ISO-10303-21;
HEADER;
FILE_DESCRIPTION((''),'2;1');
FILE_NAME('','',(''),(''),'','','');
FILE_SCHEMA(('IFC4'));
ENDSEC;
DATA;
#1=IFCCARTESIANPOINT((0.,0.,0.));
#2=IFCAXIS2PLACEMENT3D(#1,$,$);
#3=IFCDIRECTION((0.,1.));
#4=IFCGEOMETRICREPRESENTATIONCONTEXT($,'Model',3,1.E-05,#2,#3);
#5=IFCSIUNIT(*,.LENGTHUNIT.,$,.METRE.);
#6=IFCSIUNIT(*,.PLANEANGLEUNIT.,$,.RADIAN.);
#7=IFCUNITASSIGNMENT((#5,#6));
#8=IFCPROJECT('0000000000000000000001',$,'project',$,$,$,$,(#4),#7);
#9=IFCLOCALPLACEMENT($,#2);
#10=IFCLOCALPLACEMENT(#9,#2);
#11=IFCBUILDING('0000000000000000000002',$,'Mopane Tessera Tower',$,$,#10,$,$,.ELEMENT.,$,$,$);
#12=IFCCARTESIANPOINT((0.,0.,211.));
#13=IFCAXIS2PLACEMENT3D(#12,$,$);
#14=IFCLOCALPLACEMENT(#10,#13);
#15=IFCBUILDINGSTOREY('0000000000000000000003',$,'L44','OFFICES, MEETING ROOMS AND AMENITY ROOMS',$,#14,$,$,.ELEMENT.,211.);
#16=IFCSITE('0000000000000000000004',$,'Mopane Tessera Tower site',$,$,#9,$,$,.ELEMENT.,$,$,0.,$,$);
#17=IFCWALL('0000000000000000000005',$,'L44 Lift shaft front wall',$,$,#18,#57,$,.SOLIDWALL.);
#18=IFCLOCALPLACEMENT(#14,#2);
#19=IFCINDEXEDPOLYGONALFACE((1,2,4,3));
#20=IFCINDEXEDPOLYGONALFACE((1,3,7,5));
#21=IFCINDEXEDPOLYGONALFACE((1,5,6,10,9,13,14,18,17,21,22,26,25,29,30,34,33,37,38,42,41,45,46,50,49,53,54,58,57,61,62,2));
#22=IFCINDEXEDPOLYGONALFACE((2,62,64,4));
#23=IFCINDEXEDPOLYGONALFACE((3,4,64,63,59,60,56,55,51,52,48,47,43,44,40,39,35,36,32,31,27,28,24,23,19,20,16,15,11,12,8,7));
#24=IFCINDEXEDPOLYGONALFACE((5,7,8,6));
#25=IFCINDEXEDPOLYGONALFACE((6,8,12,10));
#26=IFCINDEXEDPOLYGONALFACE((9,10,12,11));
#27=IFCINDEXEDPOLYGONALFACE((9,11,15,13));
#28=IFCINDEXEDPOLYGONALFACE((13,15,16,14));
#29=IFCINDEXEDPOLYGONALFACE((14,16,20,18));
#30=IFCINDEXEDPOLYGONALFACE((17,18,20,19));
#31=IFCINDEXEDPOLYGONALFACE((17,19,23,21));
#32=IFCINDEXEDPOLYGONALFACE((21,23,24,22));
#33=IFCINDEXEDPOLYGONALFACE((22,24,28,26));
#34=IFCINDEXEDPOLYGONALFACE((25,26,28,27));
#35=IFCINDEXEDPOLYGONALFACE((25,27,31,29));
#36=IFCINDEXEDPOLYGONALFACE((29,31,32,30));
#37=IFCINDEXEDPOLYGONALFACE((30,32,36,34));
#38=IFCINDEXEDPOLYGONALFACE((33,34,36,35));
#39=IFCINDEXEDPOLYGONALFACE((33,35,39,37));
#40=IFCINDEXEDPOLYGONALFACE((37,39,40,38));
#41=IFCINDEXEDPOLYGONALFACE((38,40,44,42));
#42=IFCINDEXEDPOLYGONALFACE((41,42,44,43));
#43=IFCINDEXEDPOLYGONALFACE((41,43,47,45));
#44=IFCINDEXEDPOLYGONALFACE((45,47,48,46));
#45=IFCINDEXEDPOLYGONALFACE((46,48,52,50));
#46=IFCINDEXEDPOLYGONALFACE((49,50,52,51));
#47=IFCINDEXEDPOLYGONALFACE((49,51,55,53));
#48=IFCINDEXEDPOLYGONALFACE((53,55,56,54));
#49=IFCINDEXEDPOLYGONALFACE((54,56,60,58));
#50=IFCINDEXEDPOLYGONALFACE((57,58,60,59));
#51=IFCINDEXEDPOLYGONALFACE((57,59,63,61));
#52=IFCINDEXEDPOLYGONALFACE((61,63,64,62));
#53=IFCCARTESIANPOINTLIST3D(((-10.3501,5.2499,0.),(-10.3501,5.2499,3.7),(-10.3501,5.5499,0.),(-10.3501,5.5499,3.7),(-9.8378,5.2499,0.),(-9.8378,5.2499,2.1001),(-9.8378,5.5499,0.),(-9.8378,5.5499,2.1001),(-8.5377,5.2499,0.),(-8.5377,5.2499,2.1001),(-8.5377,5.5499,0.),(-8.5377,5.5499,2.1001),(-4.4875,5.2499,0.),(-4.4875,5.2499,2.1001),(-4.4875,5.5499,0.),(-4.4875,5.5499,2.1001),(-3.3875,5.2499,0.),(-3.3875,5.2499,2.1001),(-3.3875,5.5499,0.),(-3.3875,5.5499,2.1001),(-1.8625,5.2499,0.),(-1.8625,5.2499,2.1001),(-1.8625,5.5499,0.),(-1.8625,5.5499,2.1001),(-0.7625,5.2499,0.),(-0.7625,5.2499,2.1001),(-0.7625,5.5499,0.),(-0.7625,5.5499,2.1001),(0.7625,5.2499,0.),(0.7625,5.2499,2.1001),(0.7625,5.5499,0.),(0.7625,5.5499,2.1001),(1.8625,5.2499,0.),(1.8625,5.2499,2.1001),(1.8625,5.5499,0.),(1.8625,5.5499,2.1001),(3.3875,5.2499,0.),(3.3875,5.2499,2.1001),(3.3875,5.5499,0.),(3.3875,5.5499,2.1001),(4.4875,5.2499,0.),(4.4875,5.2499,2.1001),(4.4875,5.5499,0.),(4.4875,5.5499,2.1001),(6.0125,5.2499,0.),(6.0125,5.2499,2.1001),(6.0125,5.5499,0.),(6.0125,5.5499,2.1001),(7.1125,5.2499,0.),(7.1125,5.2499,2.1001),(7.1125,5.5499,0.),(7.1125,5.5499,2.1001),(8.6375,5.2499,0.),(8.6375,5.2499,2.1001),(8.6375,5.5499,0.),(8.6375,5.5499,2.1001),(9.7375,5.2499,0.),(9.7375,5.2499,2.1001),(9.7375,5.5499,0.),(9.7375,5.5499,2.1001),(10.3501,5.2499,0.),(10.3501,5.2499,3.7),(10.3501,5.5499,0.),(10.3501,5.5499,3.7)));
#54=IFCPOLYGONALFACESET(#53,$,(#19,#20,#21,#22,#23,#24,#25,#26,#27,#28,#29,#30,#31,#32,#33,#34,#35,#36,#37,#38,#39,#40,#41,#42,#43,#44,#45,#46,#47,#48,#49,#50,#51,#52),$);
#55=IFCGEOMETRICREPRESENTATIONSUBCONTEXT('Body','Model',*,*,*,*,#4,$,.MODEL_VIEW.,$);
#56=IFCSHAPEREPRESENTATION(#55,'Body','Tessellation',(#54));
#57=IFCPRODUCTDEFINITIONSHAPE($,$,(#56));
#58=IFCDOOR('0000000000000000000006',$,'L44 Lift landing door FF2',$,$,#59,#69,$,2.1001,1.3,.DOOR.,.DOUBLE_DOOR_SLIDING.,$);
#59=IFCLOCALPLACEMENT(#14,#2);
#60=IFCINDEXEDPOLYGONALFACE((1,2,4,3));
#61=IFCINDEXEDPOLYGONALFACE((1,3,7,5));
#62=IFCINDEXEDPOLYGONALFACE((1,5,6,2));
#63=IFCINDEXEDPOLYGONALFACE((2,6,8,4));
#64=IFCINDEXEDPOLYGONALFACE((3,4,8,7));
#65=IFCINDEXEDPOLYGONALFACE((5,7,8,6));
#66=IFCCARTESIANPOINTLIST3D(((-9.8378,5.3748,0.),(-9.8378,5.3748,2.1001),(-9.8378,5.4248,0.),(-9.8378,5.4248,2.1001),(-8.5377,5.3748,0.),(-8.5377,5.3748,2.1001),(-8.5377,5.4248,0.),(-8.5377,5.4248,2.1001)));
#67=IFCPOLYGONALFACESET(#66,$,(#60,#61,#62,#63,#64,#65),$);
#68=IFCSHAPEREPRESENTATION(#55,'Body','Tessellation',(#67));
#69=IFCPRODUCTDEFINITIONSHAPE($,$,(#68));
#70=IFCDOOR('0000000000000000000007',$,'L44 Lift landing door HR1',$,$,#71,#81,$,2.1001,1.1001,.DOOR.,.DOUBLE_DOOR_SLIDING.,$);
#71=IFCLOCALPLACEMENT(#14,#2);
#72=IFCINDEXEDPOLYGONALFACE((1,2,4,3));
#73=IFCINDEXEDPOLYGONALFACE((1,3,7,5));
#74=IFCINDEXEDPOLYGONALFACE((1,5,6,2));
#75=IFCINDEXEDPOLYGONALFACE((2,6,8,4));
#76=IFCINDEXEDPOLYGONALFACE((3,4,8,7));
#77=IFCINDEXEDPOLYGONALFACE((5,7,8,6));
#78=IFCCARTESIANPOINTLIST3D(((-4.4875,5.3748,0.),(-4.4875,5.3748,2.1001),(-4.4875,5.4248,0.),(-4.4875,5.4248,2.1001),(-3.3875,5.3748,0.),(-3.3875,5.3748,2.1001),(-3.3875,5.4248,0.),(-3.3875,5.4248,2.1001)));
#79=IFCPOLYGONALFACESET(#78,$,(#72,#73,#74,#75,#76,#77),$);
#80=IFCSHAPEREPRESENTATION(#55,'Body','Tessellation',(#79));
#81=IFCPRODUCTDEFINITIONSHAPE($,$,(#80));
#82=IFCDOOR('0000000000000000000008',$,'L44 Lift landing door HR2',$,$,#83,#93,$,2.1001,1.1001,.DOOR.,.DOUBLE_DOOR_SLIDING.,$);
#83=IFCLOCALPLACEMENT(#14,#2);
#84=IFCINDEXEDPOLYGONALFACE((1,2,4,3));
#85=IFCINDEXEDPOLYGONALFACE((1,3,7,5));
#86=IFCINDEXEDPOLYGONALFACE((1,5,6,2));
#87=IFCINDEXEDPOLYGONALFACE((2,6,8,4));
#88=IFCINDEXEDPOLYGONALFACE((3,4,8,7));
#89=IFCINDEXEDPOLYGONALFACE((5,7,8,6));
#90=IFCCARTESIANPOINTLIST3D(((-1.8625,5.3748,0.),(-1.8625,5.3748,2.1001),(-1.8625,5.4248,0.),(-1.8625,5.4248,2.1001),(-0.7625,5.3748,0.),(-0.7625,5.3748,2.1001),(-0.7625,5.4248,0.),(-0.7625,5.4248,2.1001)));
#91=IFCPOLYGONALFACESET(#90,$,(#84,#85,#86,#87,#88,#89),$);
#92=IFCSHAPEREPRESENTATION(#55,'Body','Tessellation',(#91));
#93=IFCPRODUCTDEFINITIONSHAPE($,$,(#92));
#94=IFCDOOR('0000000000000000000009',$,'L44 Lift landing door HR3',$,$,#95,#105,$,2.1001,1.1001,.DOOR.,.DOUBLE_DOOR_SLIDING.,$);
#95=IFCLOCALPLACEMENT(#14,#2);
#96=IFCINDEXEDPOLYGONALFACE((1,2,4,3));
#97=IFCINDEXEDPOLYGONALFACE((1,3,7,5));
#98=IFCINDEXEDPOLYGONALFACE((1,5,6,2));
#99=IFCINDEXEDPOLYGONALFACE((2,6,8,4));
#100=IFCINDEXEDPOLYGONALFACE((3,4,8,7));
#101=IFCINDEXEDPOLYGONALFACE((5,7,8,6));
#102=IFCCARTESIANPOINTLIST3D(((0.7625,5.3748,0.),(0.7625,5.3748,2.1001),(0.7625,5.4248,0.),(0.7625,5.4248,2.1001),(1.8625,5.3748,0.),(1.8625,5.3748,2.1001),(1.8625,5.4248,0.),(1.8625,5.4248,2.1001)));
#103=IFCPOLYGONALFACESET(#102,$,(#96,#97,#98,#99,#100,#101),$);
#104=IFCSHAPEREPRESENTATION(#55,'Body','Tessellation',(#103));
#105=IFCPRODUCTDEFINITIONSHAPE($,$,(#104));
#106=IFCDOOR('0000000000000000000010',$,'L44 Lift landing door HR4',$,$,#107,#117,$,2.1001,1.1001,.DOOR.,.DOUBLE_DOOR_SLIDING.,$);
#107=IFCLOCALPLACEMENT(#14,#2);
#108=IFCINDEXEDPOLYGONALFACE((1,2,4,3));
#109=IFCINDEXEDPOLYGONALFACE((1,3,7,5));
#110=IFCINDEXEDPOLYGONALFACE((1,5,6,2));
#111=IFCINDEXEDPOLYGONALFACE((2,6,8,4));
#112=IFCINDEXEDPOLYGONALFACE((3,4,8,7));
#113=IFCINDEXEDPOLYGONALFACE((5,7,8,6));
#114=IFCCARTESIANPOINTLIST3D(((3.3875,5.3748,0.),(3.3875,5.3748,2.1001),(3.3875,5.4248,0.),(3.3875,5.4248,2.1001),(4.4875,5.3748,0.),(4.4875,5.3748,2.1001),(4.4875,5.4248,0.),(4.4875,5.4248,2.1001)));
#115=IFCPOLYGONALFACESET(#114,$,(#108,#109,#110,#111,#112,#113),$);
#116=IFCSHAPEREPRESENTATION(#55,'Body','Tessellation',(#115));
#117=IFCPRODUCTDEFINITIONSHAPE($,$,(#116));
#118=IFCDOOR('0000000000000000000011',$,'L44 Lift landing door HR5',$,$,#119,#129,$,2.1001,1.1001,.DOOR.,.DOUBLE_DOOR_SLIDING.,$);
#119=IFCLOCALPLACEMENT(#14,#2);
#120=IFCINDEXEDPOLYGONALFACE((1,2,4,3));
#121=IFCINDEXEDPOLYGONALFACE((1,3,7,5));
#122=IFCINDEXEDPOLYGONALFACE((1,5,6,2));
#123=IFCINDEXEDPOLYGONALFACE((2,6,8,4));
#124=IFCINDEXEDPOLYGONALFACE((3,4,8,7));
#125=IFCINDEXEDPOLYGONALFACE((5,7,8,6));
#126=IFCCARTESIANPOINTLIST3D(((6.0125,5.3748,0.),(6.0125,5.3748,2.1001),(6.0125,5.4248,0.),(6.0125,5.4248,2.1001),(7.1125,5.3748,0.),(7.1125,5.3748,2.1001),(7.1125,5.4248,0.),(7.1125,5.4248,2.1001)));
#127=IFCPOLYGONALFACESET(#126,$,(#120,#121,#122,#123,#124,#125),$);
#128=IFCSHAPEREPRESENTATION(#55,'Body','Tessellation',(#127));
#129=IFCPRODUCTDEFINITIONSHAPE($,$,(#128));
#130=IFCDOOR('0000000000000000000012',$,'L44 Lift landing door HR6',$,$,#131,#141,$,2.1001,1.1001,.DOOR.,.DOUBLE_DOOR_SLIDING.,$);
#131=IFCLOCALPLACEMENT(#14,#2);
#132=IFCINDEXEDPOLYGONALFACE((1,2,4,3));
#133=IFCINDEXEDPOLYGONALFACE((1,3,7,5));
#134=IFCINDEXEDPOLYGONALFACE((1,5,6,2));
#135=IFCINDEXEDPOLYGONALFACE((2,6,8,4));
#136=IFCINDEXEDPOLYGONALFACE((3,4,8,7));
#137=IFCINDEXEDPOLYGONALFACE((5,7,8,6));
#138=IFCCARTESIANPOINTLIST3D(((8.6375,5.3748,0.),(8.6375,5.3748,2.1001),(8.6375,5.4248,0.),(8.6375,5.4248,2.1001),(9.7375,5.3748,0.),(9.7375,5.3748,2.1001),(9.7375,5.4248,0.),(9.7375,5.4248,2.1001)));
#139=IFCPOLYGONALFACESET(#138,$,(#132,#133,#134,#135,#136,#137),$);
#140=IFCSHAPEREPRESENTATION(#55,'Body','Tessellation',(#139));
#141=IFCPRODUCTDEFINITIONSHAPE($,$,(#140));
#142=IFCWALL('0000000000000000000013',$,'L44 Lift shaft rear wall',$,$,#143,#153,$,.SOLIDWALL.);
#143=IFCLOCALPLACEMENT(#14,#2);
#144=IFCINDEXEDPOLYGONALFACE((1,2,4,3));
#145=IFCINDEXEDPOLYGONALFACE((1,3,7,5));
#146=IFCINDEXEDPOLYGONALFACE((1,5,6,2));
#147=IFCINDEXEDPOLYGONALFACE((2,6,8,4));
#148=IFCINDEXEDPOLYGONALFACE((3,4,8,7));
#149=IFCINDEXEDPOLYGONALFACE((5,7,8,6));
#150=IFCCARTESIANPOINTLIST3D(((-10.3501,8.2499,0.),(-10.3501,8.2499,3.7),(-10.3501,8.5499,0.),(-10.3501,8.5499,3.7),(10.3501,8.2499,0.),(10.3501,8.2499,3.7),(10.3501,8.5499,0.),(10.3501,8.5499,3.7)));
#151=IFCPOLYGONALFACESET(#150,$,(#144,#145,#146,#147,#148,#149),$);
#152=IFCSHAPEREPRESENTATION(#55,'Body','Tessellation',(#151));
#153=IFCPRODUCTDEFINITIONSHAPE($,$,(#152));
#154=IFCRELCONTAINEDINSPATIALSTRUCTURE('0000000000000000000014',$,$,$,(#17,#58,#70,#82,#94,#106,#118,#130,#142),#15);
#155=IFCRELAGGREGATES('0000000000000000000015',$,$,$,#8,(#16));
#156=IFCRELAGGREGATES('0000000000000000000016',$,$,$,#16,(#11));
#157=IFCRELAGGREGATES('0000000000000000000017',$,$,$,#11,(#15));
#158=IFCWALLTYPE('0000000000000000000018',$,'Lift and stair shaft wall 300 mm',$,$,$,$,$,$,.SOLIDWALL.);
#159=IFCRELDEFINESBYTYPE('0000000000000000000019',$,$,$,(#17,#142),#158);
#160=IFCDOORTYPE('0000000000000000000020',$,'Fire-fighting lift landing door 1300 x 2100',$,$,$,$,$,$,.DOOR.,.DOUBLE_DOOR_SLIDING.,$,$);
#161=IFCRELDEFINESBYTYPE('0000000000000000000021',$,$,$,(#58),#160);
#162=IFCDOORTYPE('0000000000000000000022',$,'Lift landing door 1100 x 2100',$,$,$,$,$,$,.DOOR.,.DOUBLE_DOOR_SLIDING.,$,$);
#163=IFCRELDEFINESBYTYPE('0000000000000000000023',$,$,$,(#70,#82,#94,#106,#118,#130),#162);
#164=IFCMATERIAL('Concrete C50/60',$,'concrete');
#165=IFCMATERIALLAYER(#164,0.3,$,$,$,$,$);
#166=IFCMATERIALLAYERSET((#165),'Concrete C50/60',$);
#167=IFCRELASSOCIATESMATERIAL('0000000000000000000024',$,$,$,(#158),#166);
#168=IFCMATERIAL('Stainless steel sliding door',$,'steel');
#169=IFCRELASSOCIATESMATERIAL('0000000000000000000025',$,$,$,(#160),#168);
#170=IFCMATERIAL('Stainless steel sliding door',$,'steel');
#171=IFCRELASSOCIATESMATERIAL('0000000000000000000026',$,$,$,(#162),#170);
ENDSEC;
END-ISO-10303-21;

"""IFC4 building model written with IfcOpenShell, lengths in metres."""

from ifc_helpers import new_model, si_unit, direction, frame, frame_2d, origin, place, context, subcontext, project, spatial, rectangle, extrude, material, layer, layer_set, type_object, element, fill, save


model = new_model("IFC4")

# Units and contexts
model_context = context("Model", 3, precision=1e-05, world=origin(), true_north=direction((0.0, 1.0)))
body_context = subcontext(model_context, "Body", "Model", "MODEL_VIEW")
ifc_project = project(units=[si_unit("LENGTHUNIT", "METRE"), si_unit("PLANEANGLEUNIT", "RADIAN")], contexts=[model_context])

# Site, building, storey
site_placement = place(None, origin())
site = spatial("IfcSite", under=ifc_project, at=site_placement, Name="Mopane Tessera Tower site", CompositionType="ELEMENT", RefElevation=0.0)
building_placement = place(site_placement, origin())
building = spatial("IfcBuilding", under=site, at=building_placement, Name="Mopane Tessera Tower", CompositionType="ELEMENT")
storey_placement = place(building_placement, frame((0.0, 0.0, 211.0)))
storey = spatial("IfcBuildingStorey", under=building, at=storey_placement, Name="L44", Description="OFFICES, MEETING ROOMS AND AMENITY ROOMS", CompositionType="ELEMENT", Elevation=211.0)

# Shared definitions
ifc_material_1 = material(Name="Concrete C50/60", Category="concrete")
ifc_layer_1 = layer(ifc_material_1, 0.3)
ifc_layer_set_1 = layer_set([ifc_layer_1], Name="Concrete C50/60")
wall_type_1 = type_object("IfcWallType", Name="Lift and stair shaft wall 300 mm", PredefinedType="SOLIDWALL", material=ifc_layer_set_1)

# Wall, openings, doors
ifc_material_2 = material(Name="Stainless steel sliding door", Category="steel")
door_type_1 = type_object("IfcDoorType", Name="Fire-fighting lift landing door 1300 x 2100", OperationType="DOUBLE_DOOR_SLIDING", PredefinedType="DOOR", material=ifc_material_2)
wall_1_placement = place(storey_placement, frame((-10.3501, 5.3999, 0.0), z_axis=(0.0, 0.0, 1.0), x_axis=(1.0, 0.0, 0.0)))
wall_1 = element("IfcWall", 1, at=wall_1_placement, inside=storey, type_object=wall_type_1, Name="L44 Lift shaft front wall", PredefinedType="SOLIDWALL", context=body_context, shape_type="SweptSolid", body=[
    extrude(rectangle(XDim=20.7002, YDim=0.3, at=frame_2d((10.3501, 0.0))), origin(), (0.0, 0.0, 1.0), 3.7),
])
opening_1_placement = place(wall_1_placement, frame((0.5125, 0.0, 0.0)))
opening_1 = element("IfcOpeningElement", 2, at=opening_1_placement, cuts=wall_1, PredefinedType="OPENING", context=body_context, shape_type="SweptSolid", body=[
    extrude(rectangle(XDim=1.3, YDim=2.1001, at=frame_2d((0.6499, 1.05))), frame((0.0, 0.1621, 0.0), z_axis=(0.0, -1.0, 0.0), x_axis=(1.0, 0.0, 0.0)), (0.0, 0.0, 1.0), 0.324),
])
opening_2_placement = place(wall_1_placement, frame((5.8625, 0.0, 0.0)))
opening_2 = element("IfcOpeningElement", 3, at=opening_2_placement, cuts=wall_1, PredefinedType="OPENING", context=body_context, shape_type="SweptSolid", body=[
    extrude(rectangle(XDim=1.1001, YDim=2.1001, at=frame_2d((0.55, 1.05))), frame((0.0, 0.1621, 0.0), z_axis=(0.0, -1.0, 0.0), x_axis=(1.0, 0.0, 0.0)), (0.0, 0.0, 1.0), 0.324),
])
opening_3_placement = place(wall_1_placement, frame((8.4875, 0.0, 0.0)))
opening_3 = element("IfcOpeningElement", 4, at=opening_3_placement, cuts=wall_1, PredefinedType="OPENING", context=body_context, shape_type="SweptSolid", body=[
    extrude(rectangle(XDim=1.1001, YDim=2.1001, at=frame_2d((0.55, 1.05))), frame((0.0, 0.1621, 0.0), z_axis=(0.0, -1.0, 0.0), x_axis=(1.0, 0.0, 0.0)), (0.0, 0.0, 1.0), 0.324),
])
opening_4_placement = place(wall_1_placement, frame((11.1125, 0.0, 0.0)))
opening_4 = element("IfcOpeningElement", 5, at=opening_4_placement, cuts=wall_1, PredefinedType="OPENING", context=body_context, shape_type="SweptSolid", body=[
    extrude(rectangle(XDim=1.1001, YDim=2.1001, at=frame_2d((0.55, 1.05))), frame((0.0, 0.1621, 0.0), z_axis=(0.0, -1.0, 0.0), x_axis=(1.0, 0.0, 0.0)), (0.0, 0.0, 1.0), 0.324),
])
opening_5_placement = place(wall_1_placement, frame((13.7375, 0.0, 0.0)))
opening_5 = element("IfcOpeningElement", 6, at=opening_5_placement, cuts=wall_1, PredefinedType="OPENING", context=body_context, shape_type="SweptSolid", body=[
    extrude(rectangle(XDim=1.1001, YDim=2.1001, at=frame_2d((0.55, 1.05))), frame((0.0, 0.1621, 0.0), z_axis=(0.0, -1.0, 0.0), x_axis=(1.0, 0.0, 0.0)), (0.0, 0.0, 1.0), 0.324),
])
opening_6_placement = place(wall_1_placement, frame((16.3625, 0.0, 0.0)))
opening_6 = element("IfcOpeningElement", 7, at=opening_6_placement, cuts=wall_1, PredefinedType="OPENING", context=body_context, shape_type="SweptSolid", body=[
    extrude(rectangle(XDim=1.1001, YDim=2.1001, at=frame_2d((0.55, 1.05))), frame((0.0, 0.1621, 0.0), z_axis=(0.0, -1.0, 0.0), x_axis=(1.0, 0.0, 0.0)), (0.0, 0.0, 1.0), 0.324),
])
opening_7_placement = place(wall_1_placement, frame((18.9875, 0.0, 0.0)))
opening_7 = element("IfcOpeningElement", 8, at=opening_7_placement, cuts=wall_1, PredefinedType="OPENING", context=body_context, shape_type="SweptSolid", body=[
    extrude(rectangle(XDim=1.1001, YDim=2.1001, at=frame_2d((0.55, 1.05))), frame((0.0, 0.1621, 0.0), z_axis=(0.0, -1.0, 0.0), x_axis=(1.0, 0.0, 0.0)), (0.0, 0.0, 1.0), 0.324),
])
door_1_placement = place(opening_1_placement, origin())
door_1 = element("IfcDoor", 9, at=door_1_placement, inside=storey, type_object=door_type_1, Name="L44 Lift landing door FF2", OperationType="DOUBLE_DOOR_SLIDING", OverallHeight=2.1001, OverallWidth=1.3, PredefinedType="DOOR", context=body_context, shape_type="SweptSolid", body=[
    extrude(rectangle(XDim=1.3, YDim=2.1001, at=frame_2d((0.6499, 1.05))), frame((0.0, 0.0249, 0.0), z_axis=(0.0, -1.0, 0.0), x_axis=(1.0, 0.0, 0.0)), (0.0, 0.0, 1.0), 0.05),
])
fill(opening_1, door_1)
ifc_material_3 = material(Name="Stainless steel sliding door", Category="steel")
door_type_2 = type_object("IfcDoorType", Name="Lift landing door 1100 x 2100", OperationType="DOUBLE_DOOR_SLIDING", PredefinedType="DOOR", material=ifc_material_3)
door_2_placement = place(opening_2_placement, origin())
door_2 = element("IfcDoor", 10, at=door_2_placement, inside=storey, type_object=door_type_2, Name="L44 Lift landing door HR1", OperationType="DOUBLE_DOOR_SLIDING", OverallHeight=2.1001, OverallWidth=1.1001, PredefinedType="DOOR", context=body_context, shape_type="SweptSolid", body=[
    extrude(rectangle(XDim=1.1001, YDim=2.1001, at=frame_2d((0.55, 1.05))), frame((0.0, 0.0249, 0.0), z_axis=(0.0, -1.0, 0.0), x_axis=(1.0, 0.0, 0.0)), (0.0, 0.0, 1.0), 0.05),
])
fill(opening_2, door_2)
door_3_placement = place(opening_3_placement, origin())
door_3 = element("IfcDoor", 11, at=door_3_placement, inside=storey, type_object=door_type_2, Name="L44 Lift landing door HR2", OperationType="DOUBLE_DOOR_SLIDING", OverallHeight=2.1001, OverallWidth=1.1001, PredefinedType="DOOR", context=body_context, shape_type="SweptSolid", body=[
    extrude(rectangle(XDim=1.1001, YDim=2.1001, at=frame_2d((0.55, 1.05))), frame((0.0, 0.0249, 0.0), z_axis=(0.0, -1.0, 0.0), x_axis=(1.0, 0.0, 0.0)), (0.0, 0.0, 1.0), 0.05),
])
fill(opening_3, door_3)
door_4_placement = place(opening_4_placement, origin())
door_4 = element("IfcDoor", 12, at=door_4_placement, inside=storey, type_object=door_type_2, Name="L44 Lift landing door HR3", OperationType="DOUBLE_DOOR_SLIDING", OverallHeight=2.1001, OverallWidth=1.1001, PredefinedType="DOOR", context=body_context, shape_type="SweptSolid", body=[
    extrude(rectangle(XDim=1.1001, YDim=2.1001, at=frame_2d((0.55, 1.05))), frame((0.0, 0.0249, 0.0), z_axis=(0.0, -1.0, 0.0), x_axis=(1.0, 0.0, 0.0)), (0.0, 0.0, 1.0), 0.05),
])
fill(opening_4, door_4)
door_5_placement = place(opening_5_placement, origin())
door_5 = element("IfcDoor", 13, at=door_5_placement, inside=storey, type_object=door_type_2, Name="L44 Lift landing door HR4", OperationType="DOUBLE_DOOR_SLIDING", OverallHeight=2.1001, OverallWidth=1.1001, PredefinedType="DOOR", context=body_context, shape_type="SweptSolid", body=[
    extrude(rectangle(XDim=1.1001, YDim=2.1001, at=frame_2d((0.55, 1.05))), frame((0.0, 0.0249, 0.0), z_axis=(0.0, -1.0, 0.0), x_axis=(1.0, 0.0, 0.0)), (0.0, 0.0, 1.0), 0.05),
])
fill(opening_5, door_5)
door_6_placement = place(opening_6_placement, origin())
door_6 = element("IfcDoor", 14, at=door_6_placement, inside=storey, type_object=door_type_2, Name="L44 Lift landing door HR5", OperationType="DOUBLE_DOOR_SLIDING", OverallHeight=2.1001, OverallWidth=1.1001, PredefinedType="DOOR", context=body_context, shape_type="SweptSolid", body=[
    extrude(rectangle(XDim=1.1001, YDim=2.1001, at=frame_2d((0.55, 1.05))), frame((0.0, 0.0249, 0.0), z_axis=(0.0, -1.0, 0.0), x_axis=(1.0, 0.0, 0.0)), (0.0, 0.0, 1.0), 0.05),
])
fill(opening_6, door_6)
door_7_placement = place(opening_7_placement, origin())
door_7 = element("IfcDoor", 15, at=door_7_placement, inside=storey, type_object=door_type_2, Name="L44 Lift landing door HR6", OperationType="DOUBLE_DOOR_SLIDING", OverallHeight=2.1001, OverallWidth=1.1001, PredefinedType="DOOR", context=body_context, shape_type="SweptSolid", body=[
    extrude(rectangle(XDim=1.1001, YDim=2.1001, at=frame_2d((0.55, 1.05))), frame((0.0, 0.0249, 0.0), z_axis=(0.0, -1.0, 0.0), x_axis=(1.0, 0.0, 0.0)), (0.0, 0.0, 1.0), 0.05),
])
fill(opening_7, door_7)

# Wall
wall_2_placement = place(storey_placement, frame((-10.3501, 8.3999, 0.0), z_axis=(0.0, 0.0, 1.0), x_axis=(1.0, 0.0, 0.0)))
element("IfcWall", 16, at=wall_2_placement, inside=storey, type_object=wall_type_1, Name="L44 Lift shaft rear wall", PredefinedType="SOLIDWALL", context=body_context, shape_type="SweptSolid", body=[
    extrude(rectangle(XDim=20.7002, YDim=0.3, at=frame_2d((10.3501, 0.0))), origin(), (0.0, 0.0, 1.0), 3.7),
])

save(model, "model.ifc")
